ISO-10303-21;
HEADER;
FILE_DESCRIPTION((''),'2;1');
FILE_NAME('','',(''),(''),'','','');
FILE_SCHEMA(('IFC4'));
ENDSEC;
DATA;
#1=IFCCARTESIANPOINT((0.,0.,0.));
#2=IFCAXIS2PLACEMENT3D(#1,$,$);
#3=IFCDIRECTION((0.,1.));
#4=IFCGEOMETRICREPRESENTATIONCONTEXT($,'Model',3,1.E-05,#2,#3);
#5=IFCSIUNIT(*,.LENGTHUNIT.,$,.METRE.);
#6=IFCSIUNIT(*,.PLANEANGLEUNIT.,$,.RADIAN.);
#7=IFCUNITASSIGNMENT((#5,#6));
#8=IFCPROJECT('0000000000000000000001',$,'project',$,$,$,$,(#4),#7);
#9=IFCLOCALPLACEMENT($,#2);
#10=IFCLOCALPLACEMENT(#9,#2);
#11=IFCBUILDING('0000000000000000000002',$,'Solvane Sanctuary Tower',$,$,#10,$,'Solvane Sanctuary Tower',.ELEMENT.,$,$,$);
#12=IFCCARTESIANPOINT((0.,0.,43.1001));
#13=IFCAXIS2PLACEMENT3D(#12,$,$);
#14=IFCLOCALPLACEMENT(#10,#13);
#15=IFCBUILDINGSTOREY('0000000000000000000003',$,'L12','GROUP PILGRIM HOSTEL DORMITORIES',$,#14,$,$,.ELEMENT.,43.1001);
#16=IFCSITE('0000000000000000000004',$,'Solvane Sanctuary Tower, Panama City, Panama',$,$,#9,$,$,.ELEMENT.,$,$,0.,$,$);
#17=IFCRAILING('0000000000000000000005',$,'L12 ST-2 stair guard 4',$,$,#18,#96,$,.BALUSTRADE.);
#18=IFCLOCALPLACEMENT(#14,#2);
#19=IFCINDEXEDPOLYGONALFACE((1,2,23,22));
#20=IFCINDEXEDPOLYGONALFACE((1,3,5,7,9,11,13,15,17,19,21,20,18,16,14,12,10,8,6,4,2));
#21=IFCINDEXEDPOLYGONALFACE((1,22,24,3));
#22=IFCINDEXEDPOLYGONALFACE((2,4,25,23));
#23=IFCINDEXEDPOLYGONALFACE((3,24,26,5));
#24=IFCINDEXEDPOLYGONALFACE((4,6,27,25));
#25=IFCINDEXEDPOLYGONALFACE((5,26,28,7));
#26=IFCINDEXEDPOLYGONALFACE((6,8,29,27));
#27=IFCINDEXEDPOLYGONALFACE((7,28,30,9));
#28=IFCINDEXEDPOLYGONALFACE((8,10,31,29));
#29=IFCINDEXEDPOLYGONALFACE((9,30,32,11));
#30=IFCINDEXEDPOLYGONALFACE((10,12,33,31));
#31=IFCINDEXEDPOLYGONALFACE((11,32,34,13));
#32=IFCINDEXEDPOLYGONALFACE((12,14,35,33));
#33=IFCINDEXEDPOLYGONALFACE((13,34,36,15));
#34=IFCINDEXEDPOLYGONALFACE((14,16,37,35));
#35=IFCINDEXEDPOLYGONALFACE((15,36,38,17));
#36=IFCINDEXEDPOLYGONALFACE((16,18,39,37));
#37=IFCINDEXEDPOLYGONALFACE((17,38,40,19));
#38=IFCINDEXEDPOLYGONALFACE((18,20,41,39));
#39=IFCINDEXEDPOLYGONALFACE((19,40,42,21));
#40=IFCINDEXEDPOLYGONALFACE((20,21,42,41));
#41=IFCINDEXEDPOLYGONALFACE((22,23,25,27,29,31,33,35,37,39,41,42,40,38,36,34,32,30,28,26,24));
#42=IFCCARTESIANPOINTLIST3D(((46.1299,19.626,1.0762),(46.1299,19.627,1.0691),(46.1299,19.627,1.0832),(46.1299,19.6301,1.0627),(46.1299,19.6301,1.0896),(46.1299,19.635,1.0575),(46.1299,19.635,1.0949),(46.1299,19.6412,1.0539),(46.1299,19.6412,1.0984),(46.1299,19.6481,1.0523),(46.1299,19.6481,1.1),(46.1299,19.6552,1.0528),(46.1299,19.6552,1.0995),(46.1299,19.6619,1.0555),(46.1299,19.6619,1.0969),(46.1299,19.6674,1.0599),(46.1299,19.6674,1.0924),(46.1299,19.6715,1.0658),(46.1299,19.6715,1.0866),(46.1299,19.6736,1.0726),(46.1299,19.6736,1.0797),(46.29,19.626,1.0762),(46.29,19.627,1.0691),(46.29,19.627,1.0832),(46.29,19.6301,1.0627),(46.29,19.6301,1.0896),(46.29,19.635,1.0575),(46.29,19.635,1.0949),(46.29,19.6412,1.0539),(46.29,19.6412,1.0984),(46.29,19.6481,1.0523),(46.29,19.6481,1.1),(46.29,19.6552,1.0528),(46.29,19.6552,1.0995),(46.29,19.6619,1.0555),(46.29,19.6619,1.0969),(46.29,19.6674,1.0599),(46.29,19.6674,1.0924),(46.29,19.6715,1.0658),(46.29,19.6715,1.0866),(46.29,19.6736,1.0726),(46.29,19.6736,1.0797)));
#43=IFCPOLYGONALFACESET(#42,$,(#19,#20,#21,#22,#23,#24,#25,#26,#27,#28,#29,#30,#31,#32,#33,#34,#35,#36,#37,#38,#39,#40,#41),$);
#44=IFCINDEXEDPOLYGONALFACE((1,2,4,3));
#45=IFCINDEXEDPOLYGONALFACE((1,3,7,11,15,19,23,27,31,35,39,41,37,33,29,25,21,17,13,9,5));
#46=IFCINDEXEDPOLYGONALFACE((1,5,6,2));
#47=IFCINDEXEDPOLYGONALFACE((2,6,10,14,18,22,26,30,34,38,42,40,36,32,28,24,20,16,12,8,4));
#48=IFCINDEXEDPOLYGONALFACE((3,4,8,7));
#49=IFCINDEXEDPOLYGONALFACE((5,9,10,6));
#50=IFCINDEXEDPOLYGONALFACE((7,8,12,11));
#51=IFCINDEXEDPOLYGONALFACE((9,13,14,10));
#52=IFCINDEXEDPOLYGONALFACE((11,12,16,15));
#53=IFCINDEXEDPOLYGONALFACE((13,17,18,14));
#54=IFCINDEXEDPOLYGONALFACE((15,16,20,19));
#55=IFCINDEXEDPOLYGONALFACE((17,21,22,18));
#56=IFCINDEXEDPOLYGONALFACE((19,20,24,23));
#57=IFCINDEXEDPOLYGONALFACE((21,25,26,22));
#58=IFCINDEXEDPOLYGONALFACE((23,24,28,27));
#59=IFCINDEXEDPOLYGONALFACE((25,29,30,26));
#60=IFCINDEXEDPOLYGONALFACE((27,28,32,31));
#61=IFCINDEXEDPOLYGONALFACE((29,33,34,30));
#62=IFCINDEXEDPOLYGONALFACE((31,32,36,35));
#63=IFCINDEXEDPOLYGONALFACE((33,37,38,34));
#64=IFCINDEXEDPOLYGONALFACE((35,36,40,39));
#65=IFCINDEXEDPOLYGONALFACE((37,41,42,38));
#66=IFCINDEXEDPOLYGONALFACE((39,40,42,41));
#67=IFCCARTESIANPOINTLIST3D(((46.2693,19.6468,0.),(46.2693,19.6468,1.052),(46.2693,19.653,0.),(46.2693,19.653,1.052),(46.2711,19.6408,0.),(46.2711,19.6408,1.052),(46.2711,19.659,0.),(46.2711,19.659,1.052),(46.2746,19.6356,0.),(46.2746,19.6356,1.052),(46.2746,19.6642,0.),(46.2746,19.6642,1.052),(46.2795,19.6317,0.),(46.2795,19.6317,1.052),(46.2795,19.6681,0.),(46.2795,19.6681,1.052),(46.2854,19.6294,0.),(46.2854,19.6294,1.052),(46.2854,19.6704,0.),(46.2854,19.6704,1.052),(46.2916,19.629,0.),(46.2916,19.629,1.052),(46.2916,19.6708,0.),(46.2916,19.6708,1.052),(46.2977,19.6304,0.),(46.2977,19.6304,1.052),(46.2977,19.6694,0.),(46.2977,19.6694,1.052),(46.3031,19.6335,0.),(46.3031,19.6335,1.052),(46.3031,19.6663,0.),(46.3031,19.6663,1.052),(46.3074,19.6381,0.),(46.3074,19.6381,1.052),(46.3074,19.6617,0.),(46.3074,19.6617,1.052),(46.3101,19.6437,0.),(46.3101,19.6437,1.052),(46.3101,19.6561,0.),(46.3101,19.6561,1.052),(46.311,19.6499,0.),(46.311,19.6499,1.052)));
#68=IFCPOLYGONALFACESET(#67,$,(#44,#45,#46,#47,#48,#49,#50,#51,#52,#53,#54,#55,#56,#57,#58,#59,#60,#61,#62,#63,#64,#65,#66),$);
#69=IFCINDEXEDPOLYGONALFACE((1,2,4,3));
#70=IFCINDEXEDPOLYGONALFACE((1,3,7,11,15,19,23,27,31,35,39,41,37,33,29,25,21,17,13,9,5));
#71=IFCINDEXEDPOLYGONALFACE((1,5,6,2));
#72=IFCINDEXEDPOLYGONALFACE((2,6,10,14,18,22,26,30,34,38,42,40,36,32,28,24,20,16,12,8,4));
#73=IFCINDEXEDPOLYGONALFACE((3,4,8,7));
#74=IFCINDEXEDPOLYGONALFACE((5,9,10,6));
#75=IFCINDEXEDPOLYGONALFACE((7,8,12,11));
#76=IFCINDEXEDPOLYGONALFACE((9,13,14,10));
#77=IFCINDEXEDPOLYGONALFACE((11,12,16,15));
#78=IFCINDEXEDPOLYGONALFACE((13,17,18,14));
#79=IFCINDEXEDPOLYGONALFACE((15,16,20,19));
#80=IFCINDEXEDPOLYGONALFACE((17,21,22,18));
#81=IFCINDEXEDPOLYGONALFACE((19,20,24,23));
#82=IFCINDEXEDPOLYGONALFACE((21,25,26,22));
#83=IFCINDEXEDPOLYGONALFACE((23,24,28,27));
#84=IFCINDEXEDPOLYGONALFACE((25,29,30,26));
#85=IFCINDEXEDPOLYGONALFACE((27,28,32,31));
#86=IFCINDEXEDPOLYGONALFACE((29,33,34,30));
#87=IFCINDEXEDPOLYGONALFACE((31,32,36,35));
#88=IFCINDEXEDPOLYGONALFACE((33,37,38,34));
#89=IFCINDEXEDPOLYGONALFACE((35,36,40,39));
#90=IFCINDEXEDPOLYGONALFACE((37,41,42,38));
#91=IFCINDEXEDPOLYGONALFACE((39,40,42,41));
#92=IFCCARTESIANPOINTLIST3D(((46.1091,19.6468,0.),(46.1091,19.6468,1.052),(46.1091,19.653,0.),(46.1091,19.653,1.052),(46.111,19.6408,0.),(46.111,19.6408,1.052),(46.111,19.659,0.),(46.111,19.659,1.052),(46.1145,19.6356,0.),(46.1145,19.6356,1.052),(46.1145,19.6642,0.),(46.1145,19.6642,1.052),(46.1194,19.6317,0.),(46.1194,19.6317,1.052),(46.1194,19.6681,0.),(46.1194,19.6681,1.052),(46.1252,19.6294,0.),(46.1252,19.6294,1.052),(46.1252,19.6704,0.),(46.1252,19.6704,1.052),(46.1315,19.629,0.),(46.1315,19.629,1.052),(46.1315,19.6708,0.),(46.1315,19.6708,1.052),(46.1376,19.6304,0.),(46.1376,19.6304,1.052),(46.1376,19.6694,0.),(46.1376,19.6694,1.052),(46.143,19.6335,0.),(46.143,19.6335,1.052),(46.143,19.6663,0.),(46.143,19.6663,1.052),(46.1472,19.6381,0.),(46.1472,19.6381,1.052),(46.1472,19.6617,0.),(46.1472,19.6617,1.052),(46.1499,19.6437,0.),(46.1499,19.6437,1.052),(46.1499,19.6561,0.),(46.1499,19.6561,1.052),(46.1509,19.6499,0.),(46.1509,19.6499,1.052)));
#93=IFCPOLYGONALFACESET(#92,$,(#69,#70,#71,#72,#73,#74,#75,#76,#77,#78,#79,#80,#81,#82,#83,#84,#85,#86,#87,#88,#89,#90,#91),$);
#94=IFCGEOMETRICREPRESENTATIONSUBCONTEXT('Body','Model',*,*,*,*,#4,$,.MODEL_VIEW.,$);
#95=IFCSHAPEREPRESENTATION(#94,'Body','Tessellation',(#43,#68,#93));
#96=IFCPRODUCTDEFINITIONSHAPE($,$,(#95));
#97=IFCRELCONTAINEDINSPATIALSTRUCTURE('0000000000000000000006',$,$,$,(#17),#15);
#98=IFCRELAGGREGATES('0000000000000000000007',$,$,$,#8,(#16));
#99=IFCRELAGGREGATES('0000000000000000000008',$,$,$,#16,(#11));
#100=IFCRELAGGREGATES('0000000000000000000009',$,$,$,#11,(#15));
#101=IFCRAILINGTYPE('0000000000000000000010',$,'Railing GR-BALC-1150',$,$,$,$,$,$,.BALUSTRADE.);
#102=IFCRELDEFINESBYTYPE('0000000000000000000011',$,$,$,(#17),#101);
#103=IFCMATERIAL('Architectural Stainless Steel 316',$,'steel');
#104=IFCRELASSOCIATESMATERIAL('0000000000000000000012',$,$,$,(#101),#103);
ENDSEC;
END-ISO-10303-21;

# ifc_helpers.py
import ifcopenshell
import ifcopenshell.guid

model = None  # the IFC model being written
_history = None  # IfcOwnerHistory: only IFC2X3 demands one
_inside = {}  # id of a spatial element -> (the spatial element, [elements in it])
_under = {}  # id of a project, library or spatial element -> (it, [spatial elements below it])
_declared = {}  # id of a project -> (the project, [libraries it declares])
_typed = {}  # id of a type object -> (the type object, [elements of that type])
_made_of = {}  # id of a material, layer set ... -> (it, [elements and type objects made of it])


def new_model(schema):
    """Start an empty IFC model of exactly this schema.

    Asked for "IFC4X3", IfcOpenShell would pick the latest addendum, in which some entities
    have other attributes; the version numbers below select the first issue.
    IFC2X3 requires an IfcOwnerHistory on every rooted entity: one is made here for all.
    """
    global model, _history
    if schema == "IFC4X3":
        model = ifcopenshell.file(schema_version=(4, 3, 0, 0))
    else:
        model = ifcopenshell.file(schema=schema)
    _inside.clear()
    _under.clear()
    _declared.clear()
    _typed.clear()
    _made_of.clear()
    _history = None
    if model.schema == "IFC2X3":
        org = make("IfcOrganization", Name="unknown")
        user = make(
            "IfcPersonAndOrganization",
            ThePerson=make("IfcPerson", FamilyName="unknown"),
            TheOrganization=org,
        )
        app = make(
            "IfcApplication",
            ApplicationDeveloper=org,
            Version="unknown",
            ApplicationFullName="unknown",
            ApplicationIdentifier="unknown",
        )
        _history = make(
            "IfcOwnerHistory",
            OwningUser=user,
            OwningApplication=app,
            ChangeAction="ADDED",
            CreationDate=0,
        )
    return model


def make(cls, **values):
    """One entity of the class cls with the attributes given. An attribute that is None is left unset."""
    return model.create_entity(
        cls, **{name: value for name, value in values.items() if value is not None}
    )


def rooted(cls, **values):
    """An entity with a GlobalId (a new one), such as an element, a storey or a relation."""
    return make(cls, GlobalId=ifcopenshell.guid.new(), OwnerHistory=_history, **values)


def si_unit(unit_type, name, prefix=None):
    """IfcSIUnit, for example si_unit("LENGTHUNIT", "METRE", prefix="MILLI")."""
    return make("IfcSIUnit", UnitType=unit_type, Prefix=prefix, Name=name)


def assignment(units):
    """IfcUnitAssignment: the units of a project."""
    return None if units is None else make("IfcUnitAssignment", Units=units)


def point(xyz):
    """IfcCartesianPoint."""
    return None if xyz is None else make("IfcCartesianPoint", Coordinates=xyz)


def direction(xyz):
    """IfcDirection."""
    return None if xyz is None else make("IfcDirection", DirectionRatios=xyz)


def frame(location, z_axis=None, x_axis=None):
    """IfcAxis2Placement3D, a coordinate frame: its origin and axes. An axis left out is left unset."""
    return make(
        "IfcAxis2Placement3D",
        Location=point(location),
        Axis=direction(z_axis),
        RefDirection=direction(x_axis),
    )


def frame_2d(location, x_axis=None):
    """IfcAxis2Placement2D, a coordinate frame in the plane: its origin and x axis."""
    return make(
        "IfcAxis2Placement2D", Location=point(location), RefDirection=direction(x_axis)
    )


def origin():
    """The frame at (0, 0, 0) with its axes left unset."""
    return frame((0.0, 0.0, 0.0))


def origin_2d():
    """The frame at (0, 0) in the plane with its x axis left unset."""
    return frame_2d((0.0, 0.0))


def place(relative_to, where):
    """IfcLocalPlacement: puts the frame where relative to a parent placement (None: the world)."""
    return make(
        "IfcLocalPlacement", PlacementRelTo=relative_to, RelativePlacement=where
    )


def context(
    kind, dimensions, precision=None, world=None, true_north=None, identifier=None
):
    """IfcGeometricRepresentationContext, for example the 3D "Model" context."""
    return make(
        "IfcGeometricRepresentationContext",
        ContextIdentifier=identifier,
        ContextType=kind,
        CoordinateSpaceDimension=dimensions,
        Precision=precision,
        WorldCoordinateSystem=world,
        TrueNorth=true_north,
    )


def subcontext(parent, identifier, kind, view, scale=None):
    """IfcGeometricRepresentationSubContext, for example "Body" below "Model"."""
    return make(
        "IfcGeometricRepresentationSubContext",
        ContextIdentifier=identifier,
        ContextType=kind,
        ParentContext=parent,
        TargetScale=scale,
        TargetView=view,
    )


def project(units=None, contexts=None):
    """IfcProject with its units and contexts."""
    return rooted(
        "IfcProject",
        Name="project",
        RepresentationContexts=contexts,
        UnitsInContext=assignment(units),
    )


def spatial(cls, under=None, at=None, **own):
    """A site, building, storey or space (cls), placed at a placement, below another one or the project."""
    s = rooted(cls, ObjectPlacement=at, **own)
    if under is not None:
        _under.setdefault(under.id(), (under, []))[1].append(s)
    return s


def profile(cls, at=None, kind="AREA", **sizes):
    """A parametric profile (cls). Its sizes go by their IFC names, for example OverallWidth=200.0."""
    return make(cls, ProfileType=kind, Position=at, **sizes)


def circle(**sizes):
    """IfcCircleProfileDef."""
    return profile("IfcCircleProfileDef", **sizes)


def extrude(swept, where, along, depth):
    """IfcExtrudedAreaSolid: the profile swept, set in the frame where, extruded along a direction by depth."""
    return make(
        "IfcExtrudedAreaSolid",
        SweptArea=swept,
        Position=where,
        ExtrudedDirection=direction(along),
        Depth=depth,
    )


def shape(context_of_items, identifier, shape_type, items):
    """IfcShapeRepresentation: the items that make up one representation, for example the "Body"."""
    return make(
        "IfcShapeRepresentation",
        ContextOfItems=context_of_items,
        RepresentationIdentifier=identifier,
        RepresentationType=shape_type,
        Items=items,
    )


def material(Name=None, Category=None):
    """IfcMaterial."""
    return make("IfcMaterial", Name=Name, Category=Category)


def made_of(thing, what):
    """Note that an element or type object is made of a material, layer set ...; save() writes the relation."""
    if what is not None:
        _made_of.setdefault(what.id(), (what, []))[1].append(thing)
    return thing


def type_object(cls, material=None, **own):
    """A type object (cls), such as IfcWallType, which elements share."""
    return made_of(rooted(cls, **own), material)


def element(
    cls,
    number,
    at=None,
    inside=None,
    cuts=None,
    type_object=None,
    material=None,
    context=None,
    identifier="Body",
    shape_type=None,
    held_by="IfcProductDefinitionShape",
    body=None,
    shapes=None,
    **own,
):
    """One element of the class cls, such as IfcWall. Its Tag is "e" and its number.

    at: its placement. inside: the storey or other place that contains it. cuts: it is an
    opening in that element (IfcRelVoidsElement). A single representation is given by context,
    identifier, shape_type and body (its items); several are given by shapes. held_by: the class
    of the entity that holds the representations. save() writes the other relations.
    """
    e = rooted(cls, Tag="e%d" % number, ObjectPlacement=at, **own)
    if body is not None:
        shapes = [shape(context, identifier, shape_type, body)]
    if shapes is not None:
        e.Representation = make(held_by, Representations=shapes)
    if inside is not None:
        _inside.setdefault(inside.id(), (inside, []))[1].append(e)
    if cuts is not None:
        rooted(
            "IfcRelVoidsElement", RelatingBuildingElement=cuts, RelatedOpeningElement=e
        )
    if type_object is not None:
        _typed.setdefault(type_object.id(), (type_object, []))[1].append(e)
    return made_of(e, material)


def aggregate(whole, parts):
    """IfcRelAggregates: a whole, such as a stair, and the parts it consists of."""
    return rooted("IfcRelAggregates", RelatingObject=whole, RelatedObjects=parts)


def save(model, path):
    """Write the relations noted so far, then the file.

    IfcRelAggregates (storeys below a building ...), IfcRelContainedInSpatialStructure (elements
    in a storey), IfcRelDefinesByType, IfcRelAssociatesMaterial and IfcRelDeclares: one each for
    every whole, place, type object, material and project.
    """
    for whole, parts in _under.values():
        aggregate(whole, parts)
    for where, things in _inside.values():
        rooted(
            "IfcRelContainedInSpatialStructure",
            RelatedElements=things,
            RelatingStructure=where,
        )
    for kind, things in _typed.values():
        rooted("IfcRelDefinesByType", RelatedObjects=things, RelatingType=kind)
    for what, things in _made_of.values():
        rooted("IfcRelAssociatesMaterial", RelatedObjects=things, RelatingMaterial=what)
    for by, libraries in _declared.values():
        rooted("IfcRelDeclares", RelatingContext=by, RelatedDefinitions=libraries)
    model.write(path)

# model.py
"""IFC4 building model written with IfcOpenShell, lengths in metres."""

from ifc_helpers import new_model, si_unit, direction, frame, origin, origin_2d, place, context, subcontext, project, spatial, circle, extrude, material, type_object, element, save


model = new_model("IFC4")

# Units and contexts
model_context = context("Model", 3, precision=1e-05, world=origin(), true_north=direction((0.0, 1.0)))
body_context = subcontext(model_context, "Body", "Model", "MODEL_VIEW")
ifc_project = project(units=[si_unit("LENGTHUNIT", "METRE"), si_unit("PLANEANGLEUNIT", "RADIAN")], contexts=[model_context])

# Site, building, storey
site_placement = place(None, origin())
site = spatial("IfcSite", under=ifc_project, at=site_placement, Name="Solvane Sanctuary Tower, Panama City, Panama", CompositionType="ELEMENT", RefElevation=0.0)
building_placement = place(site_placement, origin())
building = spatial("IfcBuilding", under=site, at=building_placement, Name="Solvane Sanctuary Tower", LongName="Solvane Sanctuary Tower", CompositionType="ELEMENT")
storey_placement = place(building_placement, frame((0.0, 0.0, 43.1001)))
storey = spatial("IfcBuildingStorey", under=building, at=storey_placement, Name="L12", Description="GROUP PILGRIM HOSTEL DORMITORIES", CompositionType="ELEMENT", Elevation=43.1001)

# Shared definitions
ifc_material_1 = material(Name="Architectural Stainless Steel 316", Category="steel")

# Railing
railing_type = type_object("IfcRailingType", Name="Railing GR-BALC-1150", PredefinedType="BALUSTRADE", material=ifc_material_1)
railing_1_placement = place(storey_placement, frame((46.29, 19.6499, 0.0)))
element("IfcRailing", 1, at=railing_1_placement, inside=storey, type_object=railing_type, Name="L12 ST-2 stair guard 4", PredefinedType="BALUSTRADE", context=body_context, shape_type="SweptSolid", body=[
    extrude(circle(Radius=0.0239, at=origin_2d()), frame((0.0, 0.0, 1.0762), z_axis=(-1.0, 0.0, 0.0), x_axis=(0.0, -1.0, 0.0)), (0.0, 0.0, 1.0), 0.1602),
    extrude(circle(Radius=0.021, at=origin_2d()), origin(), (0.0, 0.0, 1.0), 1.052),
    extrude(circle(Radius=0.021, at=origin_2d()), frame((-0.1602, 0.0, 0.0)), (0.0, 0.0, 1.0), 1.052),
])

save(model, "model.ifc")
